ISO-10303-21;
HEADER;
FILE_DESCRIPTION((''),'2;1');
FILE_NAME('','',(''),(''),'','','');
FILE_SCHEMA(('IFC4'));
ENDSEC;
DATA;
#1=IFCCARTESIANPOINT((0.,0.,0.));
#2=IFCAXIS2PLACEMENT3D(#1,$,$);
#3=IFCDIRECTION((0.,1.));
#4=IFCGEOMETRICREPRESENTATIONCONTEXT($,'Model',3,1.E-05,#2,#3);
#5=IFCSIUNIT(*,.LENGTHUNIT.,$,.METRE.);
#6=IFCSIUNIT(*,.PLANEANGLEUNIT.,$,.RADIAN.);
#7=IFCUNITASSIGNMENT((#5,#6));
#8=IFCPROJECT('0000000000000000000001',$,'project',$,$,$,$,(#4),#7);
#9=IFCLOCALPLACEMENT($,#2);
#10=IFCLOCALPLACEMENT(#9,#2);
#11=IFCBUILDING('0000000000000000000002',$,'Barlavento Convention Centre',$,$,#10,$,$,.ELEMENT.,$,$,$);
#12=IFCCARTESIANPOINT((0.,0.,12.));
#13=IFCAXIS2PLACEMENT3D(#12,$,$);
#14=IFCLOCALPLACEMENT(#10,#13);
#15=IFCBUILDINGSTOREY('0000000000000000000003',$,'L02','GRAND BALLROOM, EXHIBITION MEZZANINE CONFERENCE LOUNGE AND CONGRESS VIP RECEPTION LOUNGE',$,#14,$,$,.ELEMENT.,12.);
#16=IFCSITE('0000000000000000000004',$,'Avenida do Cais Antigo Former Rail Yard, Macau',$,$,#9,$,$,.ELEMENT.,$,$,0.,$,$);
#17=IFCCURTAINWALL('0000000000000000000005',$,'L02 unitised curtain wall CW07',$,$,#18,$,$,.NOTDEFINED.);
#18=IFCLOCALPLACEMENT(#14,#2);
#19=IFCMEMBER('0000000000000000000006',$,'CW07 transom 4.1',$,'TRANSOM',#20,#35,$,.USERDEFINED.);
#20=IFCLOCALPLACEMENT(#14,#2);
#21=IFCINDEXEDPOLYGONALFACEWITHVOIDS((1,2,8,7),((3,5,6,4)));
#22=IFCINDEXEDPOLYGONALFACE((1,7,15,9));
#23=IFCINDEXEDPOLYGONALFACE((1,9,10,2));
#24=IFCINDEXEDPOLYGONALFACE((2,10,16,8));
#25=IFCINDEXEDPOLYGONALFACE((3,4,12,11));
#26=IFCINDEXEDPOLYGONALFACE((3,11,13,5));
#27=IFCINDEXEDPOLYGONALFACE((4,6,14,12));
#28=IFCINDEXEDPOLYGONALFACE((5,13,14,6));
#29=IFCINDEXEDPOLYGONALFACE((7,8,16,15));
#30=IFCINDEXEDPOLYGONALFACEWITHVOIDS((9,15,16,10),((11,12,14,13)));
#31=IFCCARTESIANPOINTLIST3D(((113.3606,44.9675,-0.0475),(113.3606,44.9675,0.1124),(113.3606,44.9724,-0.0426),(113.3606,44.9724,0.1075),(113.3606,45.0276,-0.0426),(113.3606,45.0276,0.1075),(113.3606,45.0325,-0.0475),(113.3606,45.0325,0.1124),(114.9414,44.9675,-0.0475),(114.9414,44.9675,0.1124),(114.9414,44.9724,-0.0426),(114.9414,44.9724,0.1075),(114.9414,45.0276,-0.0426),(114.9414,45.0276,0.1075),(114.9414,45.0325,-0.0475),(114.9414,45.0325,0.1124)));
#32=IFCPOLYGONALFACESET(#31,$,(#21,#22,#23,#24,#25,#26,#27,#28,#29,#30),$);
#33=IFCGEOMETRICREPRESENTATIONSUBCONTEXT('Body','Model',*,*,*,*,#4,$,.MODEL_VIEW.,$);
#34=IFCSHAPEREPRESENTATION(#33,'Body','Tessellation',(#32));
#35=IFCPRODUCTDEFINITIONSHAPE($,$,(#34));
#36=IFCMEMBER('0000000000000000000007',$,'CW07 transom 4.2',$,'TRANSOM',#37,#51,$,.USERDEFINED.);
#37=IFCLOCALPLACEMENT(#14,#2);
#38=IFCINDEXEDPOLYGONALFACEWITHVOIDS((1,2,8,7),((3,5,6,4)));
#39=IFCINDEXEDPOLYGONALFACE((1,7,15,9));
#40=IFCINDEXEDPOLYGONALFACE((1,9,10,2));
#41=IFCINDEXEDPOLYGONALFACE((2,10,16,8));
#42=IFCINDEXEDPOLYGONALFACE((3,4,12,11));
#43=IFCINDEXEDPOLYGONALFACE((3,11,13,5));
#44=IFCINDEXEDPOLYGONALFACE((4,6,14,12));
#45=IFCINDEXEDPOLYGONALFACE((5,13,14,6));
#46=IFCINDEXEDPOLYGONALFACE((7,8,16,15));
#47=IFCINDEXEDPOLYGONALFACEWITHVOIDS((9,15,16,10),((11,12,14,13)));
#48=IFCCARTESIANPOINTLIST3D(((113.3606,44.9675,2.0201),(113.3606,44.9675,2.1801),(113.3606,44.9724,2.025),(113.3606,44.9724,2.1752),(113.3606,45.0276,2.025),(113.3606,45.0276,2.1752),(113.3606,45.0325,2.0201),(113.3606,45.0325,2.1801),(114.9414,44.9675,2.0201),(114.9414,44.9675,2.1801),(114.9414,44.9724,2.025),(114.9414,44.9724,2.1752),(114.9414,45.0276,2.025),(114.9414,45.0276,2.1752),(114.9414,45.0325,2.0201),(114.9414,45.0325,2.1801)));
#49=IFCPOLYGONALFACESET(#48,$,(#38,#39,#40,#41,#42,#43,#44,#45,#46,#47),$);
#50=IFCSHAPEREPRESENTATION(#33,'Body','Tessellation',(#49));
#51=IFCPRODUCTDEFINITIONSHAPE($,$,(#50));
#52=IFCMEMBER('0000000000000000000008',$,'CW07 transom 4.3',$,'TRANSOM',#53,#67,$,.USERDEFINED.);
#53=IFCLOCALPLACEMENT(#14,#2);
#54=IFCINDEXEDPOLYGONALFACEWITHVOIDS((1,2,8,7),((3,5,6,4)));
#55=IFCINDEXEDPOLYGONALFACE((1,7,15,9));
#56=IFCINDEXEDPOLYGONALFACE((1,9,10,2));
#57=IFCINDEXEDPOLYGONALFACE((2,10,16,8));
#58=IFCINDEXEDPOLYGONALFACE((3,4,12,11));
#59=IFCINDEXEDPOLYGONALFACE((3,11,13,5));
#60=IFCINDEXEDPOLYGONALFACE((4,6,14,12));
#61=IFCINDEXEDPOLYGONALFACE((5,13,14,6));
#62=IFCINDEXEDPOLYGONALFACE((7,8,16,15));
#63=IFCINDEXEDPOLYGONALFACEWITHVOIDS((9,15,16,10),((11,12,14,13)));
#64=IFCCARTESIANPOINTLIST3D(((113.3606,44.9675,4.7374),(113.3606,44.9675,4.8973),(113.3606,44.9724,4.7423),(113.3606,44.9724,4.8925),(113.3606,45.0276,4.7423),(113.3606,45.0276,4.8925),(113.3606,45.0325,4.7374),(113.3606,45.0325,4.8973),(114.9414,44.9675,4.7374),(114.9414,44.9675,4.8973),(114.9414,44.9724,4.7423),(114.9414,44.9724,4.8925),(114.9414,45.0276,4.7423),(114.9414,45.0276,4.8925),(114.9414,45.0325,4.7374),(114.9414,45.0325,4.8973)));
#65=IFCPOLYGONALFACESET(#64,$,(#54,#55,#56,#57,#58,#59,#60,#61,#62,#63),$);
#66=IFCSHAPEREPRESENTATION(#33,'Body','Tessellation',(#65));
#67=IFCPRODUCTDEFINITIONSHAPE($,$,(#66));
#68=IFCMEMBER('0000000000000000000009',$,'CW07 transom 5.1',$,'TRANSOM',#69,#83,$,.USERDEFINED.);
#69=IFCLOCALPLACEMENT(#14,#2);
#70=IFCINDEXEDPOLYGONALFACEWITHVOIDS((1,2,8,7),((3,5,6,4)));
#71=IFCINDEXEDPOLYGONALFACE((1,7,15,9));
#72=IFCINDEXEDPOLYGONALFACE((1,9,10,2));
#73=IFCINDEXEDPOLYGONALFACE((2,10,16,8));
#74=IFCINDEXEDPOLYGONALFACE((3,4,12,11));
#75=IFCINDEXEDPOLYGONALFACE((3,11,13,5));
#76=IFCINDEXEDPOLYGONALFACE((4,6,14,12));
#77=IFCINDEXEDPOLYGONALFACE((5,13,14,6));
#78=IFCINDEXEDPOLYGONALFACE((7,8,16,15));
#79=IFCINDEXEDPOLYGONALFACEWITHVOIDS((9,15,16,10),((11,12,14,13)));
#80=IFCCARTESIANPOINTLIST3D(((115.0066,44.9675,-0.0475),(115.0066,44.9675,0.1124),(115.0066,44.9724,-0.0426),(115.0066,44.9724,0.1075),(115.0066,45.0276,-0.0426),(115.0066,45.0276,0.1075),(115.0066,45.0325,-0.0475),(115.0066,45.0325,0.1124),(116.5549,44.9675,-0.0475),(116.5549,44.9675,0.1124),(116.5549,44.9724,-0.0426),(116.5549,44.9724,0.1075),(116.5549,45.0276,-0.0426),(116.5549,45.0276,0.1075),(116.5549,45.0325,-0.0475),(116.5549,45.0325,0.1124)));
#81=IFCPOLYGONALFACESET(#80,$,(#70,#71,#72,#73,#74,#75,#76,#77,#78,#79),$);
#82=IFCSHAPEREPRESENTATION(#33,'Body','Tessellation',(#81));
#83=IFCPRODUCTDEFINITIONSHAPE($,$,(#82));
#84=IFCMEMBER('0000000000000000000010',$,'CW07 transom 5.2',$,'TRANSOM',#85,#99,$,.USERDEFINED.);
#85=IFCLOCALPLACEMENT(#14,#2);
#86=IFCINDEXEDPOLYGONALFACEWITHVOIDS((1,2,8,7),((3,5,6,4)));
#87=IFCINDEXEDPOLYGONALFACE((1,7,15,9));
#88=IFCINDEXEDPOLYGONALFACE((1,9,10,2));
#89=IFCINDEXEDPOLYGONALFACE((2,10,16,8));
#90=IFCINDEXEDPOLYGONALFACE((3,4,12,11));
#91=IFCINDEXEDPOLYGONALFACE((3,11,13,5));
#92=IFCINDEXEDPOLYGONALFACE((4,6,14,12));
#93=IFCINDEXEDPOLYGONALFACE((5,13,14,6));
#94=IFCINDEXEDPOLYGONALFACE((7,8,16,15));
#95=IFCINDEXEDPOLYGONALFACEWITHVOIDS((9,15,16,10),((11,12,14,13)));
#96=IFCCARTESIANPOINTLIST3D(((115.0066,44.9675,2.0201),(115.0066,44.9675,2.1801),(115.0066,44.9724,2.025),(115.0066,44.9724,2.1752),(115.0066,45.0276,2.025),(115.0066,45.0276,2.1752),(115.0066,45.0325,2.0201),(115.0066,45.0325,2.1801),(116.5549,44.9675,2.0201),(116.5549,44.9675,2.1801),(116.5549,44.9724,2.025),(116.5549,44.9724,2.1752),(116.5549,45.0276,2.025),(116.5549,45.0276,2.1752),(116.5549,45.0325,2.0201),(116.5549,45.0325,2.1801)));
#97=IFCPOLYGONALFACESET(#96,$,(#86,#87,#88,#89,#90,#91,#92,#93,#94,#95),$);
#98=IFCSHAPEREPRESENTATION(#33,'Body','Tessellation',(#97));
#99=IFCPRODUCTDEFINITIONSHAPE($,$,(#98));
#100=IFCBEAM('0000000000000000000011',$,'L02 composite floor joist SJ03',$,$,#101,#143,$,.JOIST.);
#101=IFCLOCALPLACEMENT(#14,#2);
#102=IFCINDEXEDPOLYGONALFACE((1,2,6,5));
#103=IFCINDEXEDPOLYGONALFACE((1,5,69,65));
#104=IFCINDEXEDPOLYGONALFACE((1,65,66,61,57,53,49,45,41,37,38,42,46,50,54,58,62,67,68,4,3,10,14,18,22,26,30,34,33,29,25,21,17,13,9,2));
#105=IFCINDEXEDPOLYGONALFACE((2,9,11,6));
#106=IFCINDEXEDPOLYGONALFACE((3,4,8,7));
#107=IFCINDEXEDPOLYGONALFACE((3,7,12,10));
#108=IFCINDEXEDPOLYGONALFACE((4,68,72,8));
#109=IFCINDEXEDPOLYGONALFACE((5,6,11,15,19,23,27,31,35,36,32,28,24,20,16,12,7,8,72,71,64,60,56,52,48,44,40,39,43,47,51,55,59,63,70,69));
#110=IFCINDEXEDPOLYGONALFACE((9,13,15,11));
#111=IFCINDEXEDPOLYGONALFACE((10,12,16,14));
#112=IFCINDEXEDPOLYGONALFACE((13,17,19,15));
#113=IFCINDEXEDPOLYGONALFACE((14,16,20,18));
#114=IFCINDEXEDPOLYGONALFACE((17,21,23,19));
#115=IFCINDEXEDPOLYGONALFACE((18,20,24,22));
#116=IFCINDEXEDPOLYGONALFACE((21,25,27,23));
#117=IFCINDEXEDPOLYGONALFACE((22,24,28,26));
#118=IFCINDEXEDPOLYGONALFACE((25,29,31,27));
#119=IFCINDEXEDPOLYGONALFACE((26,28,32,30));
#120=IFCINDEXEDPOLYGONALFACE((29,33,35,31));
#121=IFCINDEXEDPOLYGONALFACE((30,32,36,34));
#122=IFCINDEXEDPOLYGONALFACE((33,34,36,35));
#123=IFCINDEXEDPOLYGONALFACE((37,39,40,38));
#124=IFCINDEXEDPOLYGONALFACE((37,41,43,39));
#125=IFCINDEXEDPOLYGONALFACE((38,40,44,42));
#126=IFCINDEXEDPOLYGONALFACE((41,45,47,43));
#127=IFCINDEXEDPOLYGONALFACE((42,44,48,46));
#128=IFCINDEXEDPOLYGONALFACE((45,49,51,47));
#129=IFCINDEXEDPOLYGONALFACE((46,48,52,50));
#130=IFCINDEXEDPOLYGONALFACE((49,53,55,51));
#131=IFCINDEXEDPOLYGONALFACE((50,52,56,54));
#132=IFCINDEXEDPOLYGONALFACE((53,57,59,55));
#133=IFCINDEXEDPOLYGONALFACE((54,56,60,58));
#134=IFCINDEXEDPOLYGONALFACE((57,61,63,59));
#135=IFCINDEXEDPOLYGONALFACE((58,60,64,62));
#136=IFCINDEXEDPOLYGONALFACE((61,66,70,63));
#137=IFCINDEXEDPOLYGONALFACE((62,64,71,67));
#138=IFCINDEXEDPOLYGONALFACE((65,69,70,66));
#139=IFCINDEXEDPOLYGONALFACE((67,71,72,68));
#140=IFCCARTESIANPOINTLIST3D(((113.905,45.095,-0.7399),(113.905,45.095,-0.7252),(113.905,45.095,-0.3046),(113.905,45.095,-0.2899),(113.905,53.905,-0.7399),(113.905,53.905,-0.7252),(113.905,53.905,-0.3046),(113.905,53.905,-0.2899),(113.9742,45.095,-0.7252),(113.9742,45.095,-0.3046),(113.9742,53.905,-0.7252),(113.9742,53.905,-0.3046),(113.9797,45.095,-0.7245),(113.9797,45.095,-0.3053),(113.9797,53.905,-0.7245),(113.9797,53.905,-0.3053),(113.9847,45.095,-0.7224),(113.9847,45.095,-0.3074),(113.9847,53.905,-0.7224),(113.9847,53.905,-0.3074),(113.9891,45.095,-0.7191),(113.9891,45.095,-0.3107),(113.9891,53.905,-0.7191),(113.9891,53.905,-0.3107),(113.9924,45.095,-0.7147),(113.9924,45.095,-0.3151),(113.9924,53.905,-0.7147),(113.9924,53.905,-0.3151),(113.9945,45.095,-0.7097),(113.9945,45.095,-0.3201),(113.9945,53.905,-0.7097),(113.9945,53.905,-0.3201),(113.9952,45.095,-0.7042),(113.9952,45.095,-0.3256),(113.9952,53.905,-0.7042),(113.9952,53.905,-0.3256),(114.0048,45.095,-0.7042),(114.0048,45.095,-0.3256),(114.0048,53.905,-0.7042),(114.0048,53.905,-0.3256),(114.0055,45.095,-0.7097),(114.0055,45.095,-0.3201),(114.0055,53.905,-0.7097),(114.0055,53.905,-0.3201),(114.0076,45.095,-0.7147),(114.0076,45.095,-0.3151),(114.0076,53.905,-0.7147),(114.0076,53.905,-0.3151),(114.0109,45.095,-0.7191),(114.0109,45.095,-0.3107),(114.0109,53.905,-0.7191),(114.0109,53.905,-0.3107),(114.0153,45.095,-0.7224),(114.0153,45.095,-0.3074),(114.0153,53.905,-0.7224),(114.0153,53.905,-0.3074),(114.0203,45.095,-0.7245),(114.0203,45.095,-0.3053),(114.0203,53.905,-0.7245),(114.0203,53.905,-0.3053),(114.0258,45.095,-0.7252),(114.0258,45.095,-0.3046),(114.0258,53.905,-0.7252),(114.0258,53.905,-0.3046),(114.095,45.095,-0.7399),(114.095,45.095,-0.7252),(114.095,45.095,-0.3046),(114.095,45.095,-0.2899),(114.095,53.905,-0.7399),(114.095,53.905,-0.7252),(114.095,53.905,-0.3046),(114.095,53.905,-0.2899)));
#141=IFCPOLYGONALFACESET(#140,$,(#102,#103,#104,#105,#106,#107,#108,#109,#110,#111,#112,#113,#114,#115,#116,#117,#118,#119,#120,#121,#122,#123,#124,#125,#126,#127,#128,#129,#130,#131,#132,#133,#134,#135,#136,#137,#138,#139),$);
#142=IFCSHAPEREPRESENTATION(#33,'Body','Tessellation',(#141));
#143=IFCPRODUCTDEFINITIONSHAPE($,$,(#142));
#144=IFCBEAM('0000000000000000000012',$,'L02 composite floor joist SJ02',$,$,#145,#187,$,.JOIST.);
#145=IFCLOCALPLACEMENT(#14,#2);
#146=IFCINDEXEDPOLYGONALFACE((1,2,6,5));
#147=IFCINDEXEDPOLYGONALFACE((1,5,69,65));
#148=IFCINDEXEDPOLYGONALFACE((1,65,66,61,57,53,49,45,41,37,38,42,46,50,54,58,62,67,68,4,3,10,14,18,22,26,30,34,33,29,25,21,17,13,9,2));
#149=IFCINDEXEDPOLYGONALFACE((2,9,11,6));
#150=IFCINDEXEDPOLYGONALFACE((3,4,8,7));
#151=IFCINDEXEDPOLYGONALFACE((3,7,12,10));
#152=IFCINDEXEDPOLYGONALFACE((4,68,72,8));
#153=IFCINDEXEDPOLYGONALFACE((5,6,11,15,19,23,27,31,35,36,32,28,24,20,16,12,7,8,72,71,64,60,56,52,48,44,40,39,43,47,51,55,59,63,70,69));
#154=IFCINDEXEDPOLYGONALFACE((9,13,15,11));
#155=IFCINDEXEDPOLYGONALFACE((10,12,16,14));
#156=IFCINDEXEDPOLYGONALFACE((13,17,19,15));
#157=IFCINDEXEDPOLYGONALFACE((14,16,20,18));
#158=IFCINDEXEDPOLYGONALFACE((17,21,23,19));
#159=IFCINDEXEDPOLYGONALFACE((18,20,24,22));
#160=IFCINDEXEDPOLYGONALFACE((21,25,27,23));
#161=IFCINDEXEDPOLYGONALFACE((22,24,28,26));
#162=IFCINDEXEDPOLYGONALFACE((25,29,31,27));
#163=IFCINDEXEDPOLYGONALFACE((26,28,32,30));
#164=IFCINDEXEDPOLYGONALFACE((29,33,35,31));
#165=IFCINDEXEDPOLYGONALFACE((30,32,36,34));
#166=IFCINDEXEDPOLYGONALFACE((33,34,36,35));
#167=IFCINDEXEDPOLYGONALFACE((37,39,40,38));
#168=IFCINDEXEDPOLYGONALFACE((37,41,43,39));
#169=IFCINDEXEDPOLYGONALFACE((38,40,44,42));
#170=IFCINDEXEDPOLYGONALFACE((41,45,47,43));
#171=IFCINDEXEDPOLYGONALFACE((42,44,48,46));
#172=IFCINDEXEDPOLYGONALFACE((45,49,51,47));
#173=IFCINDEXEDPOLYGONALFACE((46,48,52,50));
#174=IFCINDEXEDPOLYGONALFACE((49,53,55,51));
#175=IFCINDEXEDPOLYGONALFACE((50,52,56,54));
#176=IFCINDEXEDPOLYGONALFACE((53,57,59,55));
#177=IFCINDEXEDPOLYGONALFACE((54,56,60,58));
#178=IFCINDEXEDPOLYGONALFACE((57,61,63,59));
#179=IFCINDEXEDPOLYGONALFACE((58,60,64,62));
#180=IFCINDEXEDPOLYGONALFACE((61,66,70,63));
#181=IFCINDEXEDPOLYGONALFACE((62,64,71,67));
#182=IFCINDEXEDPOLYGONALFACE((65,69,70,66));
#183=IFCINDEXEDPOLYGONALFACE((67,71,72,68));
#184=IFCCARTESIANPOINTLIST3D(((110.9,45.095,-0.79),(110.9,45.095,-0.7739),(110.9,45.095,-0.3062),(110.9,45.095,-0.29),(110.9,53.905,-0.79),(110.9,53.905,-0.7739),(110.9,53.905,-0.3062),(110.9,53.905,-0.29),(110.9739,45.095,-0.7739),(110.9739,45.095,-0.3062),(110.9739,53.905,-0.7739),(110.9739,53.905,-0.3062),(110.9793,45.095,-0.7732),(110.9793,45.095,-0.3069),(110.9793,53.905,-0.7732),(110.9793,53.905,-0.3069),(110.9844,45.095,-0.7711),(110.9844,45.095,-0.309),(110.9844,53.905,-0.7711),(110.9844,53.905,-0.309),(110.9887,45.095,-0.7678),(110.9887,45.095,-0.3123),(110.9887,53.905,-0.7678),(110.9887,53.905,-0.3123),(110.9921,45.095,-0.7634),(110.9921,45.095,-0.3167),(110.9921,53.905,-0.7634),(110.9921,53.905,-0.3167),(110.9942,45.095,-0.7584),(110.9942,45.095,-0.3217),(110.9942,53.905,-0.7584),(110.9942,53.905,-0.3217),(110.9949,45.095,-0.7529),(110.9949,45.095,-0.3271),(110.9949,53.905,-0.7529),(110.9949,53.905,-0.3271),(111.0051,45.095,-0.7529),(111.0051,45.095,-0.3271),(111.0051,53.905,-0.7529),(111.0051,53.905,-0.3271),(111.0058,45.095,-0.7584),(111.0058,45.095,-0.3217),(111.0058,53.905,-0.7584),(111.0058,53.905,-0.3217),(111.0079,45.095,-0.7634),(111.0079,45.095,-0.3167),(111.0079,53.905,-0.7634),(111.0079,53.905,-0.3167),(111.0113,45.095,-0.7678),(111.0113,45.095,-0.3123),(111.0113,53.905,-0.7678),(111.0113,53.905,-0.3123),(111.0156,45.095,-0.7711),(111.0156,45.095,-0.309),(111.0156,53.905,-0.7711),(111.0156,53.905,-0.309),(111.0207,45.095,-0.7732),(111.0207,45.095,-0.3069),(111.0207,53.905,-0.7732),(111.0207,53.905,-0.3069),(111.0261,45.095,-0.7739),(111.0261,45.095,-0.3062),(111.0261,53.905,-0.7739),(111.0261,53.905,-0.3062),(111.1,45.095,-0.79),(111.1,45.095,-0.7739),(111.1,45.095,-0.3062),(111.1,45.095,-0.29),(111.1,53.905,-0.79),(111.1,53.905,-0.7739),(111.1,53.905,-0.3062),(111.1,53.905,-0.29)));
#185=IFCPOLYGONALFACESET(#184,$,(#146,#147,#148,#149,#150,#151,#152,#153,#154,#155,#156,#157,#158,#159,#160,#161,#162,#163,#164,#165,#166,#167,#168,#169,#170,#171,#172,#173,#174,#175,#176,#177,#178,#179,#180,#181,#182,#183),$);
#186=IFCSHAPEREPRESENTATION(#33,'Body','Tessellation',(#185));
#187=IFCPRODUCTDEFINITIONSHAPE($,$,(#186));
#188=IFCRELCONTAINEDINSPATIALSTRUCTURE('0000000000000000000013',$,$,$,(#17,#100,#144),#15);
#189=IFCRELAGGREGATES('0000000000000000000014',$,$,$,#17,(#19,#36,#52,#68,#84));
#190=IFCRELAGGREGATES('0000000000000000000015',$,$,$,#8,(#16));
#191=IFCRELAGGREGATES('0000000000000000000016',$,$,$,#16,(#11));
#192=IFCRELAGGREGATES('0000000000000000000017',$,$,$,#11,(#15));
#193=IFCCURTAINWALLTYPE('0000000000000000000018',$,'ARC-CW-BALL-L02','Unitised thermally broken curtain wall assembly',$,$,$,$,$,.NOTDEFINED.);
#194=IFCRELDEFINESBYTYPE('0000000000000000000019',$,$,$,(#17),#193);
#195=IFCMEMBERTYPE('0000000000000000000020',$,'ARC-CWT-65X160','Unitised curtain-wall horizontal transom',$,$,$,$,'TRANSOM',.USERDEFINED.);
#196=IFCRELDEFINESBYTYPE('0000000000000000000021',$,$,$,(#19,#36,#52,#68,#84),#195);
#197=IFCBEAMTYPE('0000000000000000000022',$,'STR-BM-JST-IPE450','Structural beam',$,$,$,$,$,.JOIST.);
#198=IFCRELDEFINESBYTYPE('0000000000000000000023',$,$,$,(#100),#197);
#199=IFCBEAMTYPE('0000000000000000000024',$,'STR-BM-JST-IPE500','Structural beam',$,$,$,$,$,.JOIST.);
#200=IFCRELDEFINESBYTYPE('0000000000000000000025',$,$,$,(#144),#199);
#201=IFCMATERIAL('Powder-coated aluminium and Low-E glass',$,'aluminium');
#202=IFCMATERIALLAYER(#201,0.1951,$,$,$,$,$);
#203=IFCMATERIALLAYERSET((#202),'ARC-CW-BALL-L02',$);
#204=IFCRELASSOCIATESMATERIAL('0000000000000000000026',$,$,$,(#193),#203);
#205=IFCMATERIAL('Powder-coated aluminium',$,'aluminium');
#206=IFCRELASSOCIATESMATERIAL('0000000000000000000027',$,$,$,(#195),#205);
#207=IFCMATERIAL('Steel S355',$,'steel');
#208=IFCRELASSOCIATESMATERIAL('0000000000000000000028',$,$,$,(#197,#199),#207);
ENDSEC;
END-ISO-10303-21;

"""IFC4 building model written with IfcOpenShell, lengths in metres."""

from ifc_helpers import new_model, si_unit, direction, frame, origin, origin_2d, place, context, subcontext, project, spatial, hollow_rectangle, i_section, extrude, material, layer, layer_set, material_profile, profile_set, type_object, element, aggregate, save


model = new_model("IFC4")

# Units and contexts
model_context = context("Model", 3, precision=1e-05, world=origin(), true_north=direction((0.0, 1.0)))
body_context = subcontext(model_context, "Body", "Model", "MODEL_VIEW")
ifc_project = project(units=[si_unit("LENGTHUNIT", "METRE"), si_unit("PLANEANGLEUNIT", "RADIAN")], contexts=[model_context])

# Site, building, storey
site_placement = place(None, origin())
site = spatial("IfcSite", under=ifc_project, at=site_placement, Name="Avenida do Cais Antigo Former Rail Yard, Macau", CompositionType="ELEMENT", RefElevation=0.0)
building_placement = place(site_placement, origin())
building = spatial("IfcBuilding", under=site, at=building_placement, Name="Barlavento Convention Centre", CompositionType="ELEMENT")
storey_placement = place(building_placement, frame((0.0, 0.0, 12.0)))
storey = spatial("IfcBuildingStorey", under=building, at=storey_placement, Name="L02", Description="GRAND BALLROOM, EXHIBITION MEZZANINE CONFERENCE LOUNGE AND CONGRESS VIP RECEPTION LOUNGE", CompositionType="ELEMENT", Elevation=12.0)

# Shared definitions
ifc_material_1 = material(Name="Steel S355", Category="steel")

# Curtain wall
ifc_material_2 = material(Name="Powder-coated aluminium and Low-E glass", Category="aluminium")
ifc_layer_1 = layer(ifc_material_2, 0.1951)
ifc_layer_set_1 = layer_set([ifc_layer_1], Name="ARC-CW-BALL-L02")
curtain_wall_type = type_object("IfcCurtainWallType", Name="ARC-CW-BALL-L02", Description="Unitised thermally broken curtain wall assembly", PredefinedType="NOTDEFINED", material=ifc_layer_set_1)
ifc_material_3 = material(Name="Powder-coated aluminium", Category="aluminium")
curtain_wall_1_placement = place(storey_placement, origin())
curtain_wall_1 = element("IfcCurtainWall", 1, at=curtain_wall_1_placement, inside=storey, type_object=curtain_wall_type, Name="L02 unitised curtain wall CW07", PredefinedType="NOTDEFINED")

# Members
ifc_material_profile_1 = material_profile(ifc_material_3, hollow_rectangle(XDim=0.0649, YDim=0.1599, WallThickness=0.0049, at=origin_2d()), Name="AL-TRAN 65x160x5")
ifc_profile_set_1 = profile_set([ifc_material_profile_1], Name="Powder-coated aluminium")
member_type_1 = type_object("IfcMemberType", Name="ARC-CWT-65X160", Description="Unitised curtain-wall horizontal transom", ElementType="TRANSOM", PredefinedType="USERDEFINED", material=ifc_profile_set_1)
member_1_placement = place(storey_placement, frame((113.3606, 45.0, 0.0325), z_axis=(1.0, 0.0, 0.0), x_axis=(0.0, 1.0, 0.0)))
member_1 = element("IfcMember", 2, at=member_1_placement, type_object=member_type_1, Name="CW07 transom 4.1", ObjectType="TRANSOM", PredefinedType="USERDEFINED", context=body_context, shape_type="SweptSolid", body=[
    extrude(hollow_rectangle(XDim=0.0649, YDim=0.1599, WallThickness=0.0049, at=origin_2d()), origin(), (0.0, 0.0, 1.0), 1.5808),
])
member_2_placement = place(storey_placement, frame((113.3606, 45.0, 2.1001), z_axis=(1.0, 0.0, 0.0), x_axis=(0.0, 1.0, 0.0)))
member_2 = element("IfcMember", 3, at=member_2_placement, type_object=member_type_1, Name="CW07 transom 4.2", ObjectType="TRANSOM", PredefinedType="USERDEFINED", context=body_context, shape_type="SweptSolid", body=[
    extrude(hollow_rectangle(XDim=0.0649, YDim=0.1599, WallThickness=0.0049, at=origin_2d()), origin(), (0.0, 0.0, 1.0), 1.5808),
])
member_3_placement = place(storey_placement, frame((113.3606, 45.0, 4.8174), z_axis=(1.0, 0.0, 0.0), x_axis=(0.0, 1.0, 0.0)))
member_3 = element("IfcMember", 4, at=member_3_placement, type_object=member_type_1, Name="CW07 transom 4.3", ObjectType="TRANSOM", PredefinedType="USERDEFINED", context=body_context, shape_type="SweptSolid", body=[
    extrude(hollow_rectangle(XDim=0.0649, YDim=0.1599, WallThickness=0.0049, at=origin_2d()), origin(), (0.0, 0.0, 1.0), 1.5808),
])
member_4_placement = place(storey_placement, frame((115.0066, 45.0, 0.0325), z_axis=(1.0, 0.0, 0.0), x_axis=(0.0, 1.0, 0.0)))
member_4 = element("IfcMember", 5, at=member_4_placement, type_object=member_type_1, Name="CW07 transom 5.1", ObjectType="TRANSOM", PredefinedType="USERDEFINED", context=body_context, shape_type="SweptSolid", body=[
    extrude(hollow_rectangle(XDim=0.0649, YDim=0.1599, WallThickness=0.0049, at=origin_2d()), origin(), (0.0, 0.0, 1.0), 1.5483),
])
member_5_placement = place(storey_placement, frame((115.0066, 45.0, 2.1001), z_axis=(1.0, 0.0, 0.0), x_axis=(0.0, 1.0, 0.0)))
member_5 = element("IfcMember", 6, at=member_5_placement, type_object=member_type_1, Name="CW07 transom 5.2", ObjectType="TRANSOM", PredefinedType="USERDEFINED", context=body_context, shape_type="SweptSolid", body=[
    extrude(hollow_rectangle(XDim=0.0649, YDim=0.1599, WallThickness=0.0049, at=origin_2d()), origin(), (0.0, 0.0, 1.0), 1.5483),
])

# Beams
ifc_material_profile_2 = material_profile(ifc_material_1, i_section(OverallWidth=0.1899, OverallDepth=0.45, WebThickness=0.0095, FlangeThickness=0.0146, FilletRadius=0.021, at=origin_2d()), Name="IPE 450")
ifc_profile_set_2 = profile_set([ifc_material_profile_2], Name="Steel S355")
beam_type_1 = type_object("IfcBeamType", Name="STR-BM-JST-IPE450", Description="Structural beam", PredefinedType="JOIST", material=ifc_profile_set_2)
beam_1_placement = place(storey_placement, frame((114.0, 45.095, -0.5149), z_axis=(0.0, 1.0, 0.0), x_axis=(-1.0, 0.0, 0.0)))
element("IfcBeam", 7, at=beam_1_placement, inside=storey, type_object=beam_type_1, Name="L02 composite floor joist SJ03", PredefinedType="JOIST", context=body_context, shape_type="SweptSolid", body=[
    extrude(i_section(OverallWidth=0.1899, OverallDepth=0.45, WebThickness=0.0095, FlangeThickness=0.0146, FilletRadius=0.021, at=origin_2d()), origin(), (0.0, 0.0, 1.0), 8.8101),
])
ifc_material_profile_3 = material_profile(ifc_material_1, i_section(OverallWidth=0.2, OverallDepth=0.5, WebThickness=0.0103, FlangeThickness=0.0161, FilletRadius=0.021, at=origin_2d()), Name="IPE 500")
ifc_profile_set_3 = profile_set([ifc_material_profile_3], Name="Steel S355")
beam_type_2 = type_object("IfcBeamType", Name="STR-BM-JST-IPE500", Description="Structural beam", PredefinedType="JOIST", material=ifc_profile_set_3)
beam_2_placement = place(storey_placement, frame((111.0, 45.095, -0.54), z_axis=(0.0, 1.0, 0.0), x_axis=(-1.0, 0.0, 0.0)))
element("IfcBeam", 8, at=beam_2_placement, inside=storey, type_object=beam_type_2, Name="L02 composite floor joist SJ02", PredefinedType="JOIST", context=body_context, shape_type="SweptSolid", body=[
    extrude(i_section(OverallWidth=0.2, OverallDepth=0.5, WebThickness=0.0103, FlangeThickness=0.0161, FilletRadius=0.021, at=origin_2d()), origin(), (0.0, 0.0, 1.0), 8.8101),
])

aggregate(curtain_wall_1, [member_1, member_2, member_3, member_4, member_5])

save(model, "model.ifc")
